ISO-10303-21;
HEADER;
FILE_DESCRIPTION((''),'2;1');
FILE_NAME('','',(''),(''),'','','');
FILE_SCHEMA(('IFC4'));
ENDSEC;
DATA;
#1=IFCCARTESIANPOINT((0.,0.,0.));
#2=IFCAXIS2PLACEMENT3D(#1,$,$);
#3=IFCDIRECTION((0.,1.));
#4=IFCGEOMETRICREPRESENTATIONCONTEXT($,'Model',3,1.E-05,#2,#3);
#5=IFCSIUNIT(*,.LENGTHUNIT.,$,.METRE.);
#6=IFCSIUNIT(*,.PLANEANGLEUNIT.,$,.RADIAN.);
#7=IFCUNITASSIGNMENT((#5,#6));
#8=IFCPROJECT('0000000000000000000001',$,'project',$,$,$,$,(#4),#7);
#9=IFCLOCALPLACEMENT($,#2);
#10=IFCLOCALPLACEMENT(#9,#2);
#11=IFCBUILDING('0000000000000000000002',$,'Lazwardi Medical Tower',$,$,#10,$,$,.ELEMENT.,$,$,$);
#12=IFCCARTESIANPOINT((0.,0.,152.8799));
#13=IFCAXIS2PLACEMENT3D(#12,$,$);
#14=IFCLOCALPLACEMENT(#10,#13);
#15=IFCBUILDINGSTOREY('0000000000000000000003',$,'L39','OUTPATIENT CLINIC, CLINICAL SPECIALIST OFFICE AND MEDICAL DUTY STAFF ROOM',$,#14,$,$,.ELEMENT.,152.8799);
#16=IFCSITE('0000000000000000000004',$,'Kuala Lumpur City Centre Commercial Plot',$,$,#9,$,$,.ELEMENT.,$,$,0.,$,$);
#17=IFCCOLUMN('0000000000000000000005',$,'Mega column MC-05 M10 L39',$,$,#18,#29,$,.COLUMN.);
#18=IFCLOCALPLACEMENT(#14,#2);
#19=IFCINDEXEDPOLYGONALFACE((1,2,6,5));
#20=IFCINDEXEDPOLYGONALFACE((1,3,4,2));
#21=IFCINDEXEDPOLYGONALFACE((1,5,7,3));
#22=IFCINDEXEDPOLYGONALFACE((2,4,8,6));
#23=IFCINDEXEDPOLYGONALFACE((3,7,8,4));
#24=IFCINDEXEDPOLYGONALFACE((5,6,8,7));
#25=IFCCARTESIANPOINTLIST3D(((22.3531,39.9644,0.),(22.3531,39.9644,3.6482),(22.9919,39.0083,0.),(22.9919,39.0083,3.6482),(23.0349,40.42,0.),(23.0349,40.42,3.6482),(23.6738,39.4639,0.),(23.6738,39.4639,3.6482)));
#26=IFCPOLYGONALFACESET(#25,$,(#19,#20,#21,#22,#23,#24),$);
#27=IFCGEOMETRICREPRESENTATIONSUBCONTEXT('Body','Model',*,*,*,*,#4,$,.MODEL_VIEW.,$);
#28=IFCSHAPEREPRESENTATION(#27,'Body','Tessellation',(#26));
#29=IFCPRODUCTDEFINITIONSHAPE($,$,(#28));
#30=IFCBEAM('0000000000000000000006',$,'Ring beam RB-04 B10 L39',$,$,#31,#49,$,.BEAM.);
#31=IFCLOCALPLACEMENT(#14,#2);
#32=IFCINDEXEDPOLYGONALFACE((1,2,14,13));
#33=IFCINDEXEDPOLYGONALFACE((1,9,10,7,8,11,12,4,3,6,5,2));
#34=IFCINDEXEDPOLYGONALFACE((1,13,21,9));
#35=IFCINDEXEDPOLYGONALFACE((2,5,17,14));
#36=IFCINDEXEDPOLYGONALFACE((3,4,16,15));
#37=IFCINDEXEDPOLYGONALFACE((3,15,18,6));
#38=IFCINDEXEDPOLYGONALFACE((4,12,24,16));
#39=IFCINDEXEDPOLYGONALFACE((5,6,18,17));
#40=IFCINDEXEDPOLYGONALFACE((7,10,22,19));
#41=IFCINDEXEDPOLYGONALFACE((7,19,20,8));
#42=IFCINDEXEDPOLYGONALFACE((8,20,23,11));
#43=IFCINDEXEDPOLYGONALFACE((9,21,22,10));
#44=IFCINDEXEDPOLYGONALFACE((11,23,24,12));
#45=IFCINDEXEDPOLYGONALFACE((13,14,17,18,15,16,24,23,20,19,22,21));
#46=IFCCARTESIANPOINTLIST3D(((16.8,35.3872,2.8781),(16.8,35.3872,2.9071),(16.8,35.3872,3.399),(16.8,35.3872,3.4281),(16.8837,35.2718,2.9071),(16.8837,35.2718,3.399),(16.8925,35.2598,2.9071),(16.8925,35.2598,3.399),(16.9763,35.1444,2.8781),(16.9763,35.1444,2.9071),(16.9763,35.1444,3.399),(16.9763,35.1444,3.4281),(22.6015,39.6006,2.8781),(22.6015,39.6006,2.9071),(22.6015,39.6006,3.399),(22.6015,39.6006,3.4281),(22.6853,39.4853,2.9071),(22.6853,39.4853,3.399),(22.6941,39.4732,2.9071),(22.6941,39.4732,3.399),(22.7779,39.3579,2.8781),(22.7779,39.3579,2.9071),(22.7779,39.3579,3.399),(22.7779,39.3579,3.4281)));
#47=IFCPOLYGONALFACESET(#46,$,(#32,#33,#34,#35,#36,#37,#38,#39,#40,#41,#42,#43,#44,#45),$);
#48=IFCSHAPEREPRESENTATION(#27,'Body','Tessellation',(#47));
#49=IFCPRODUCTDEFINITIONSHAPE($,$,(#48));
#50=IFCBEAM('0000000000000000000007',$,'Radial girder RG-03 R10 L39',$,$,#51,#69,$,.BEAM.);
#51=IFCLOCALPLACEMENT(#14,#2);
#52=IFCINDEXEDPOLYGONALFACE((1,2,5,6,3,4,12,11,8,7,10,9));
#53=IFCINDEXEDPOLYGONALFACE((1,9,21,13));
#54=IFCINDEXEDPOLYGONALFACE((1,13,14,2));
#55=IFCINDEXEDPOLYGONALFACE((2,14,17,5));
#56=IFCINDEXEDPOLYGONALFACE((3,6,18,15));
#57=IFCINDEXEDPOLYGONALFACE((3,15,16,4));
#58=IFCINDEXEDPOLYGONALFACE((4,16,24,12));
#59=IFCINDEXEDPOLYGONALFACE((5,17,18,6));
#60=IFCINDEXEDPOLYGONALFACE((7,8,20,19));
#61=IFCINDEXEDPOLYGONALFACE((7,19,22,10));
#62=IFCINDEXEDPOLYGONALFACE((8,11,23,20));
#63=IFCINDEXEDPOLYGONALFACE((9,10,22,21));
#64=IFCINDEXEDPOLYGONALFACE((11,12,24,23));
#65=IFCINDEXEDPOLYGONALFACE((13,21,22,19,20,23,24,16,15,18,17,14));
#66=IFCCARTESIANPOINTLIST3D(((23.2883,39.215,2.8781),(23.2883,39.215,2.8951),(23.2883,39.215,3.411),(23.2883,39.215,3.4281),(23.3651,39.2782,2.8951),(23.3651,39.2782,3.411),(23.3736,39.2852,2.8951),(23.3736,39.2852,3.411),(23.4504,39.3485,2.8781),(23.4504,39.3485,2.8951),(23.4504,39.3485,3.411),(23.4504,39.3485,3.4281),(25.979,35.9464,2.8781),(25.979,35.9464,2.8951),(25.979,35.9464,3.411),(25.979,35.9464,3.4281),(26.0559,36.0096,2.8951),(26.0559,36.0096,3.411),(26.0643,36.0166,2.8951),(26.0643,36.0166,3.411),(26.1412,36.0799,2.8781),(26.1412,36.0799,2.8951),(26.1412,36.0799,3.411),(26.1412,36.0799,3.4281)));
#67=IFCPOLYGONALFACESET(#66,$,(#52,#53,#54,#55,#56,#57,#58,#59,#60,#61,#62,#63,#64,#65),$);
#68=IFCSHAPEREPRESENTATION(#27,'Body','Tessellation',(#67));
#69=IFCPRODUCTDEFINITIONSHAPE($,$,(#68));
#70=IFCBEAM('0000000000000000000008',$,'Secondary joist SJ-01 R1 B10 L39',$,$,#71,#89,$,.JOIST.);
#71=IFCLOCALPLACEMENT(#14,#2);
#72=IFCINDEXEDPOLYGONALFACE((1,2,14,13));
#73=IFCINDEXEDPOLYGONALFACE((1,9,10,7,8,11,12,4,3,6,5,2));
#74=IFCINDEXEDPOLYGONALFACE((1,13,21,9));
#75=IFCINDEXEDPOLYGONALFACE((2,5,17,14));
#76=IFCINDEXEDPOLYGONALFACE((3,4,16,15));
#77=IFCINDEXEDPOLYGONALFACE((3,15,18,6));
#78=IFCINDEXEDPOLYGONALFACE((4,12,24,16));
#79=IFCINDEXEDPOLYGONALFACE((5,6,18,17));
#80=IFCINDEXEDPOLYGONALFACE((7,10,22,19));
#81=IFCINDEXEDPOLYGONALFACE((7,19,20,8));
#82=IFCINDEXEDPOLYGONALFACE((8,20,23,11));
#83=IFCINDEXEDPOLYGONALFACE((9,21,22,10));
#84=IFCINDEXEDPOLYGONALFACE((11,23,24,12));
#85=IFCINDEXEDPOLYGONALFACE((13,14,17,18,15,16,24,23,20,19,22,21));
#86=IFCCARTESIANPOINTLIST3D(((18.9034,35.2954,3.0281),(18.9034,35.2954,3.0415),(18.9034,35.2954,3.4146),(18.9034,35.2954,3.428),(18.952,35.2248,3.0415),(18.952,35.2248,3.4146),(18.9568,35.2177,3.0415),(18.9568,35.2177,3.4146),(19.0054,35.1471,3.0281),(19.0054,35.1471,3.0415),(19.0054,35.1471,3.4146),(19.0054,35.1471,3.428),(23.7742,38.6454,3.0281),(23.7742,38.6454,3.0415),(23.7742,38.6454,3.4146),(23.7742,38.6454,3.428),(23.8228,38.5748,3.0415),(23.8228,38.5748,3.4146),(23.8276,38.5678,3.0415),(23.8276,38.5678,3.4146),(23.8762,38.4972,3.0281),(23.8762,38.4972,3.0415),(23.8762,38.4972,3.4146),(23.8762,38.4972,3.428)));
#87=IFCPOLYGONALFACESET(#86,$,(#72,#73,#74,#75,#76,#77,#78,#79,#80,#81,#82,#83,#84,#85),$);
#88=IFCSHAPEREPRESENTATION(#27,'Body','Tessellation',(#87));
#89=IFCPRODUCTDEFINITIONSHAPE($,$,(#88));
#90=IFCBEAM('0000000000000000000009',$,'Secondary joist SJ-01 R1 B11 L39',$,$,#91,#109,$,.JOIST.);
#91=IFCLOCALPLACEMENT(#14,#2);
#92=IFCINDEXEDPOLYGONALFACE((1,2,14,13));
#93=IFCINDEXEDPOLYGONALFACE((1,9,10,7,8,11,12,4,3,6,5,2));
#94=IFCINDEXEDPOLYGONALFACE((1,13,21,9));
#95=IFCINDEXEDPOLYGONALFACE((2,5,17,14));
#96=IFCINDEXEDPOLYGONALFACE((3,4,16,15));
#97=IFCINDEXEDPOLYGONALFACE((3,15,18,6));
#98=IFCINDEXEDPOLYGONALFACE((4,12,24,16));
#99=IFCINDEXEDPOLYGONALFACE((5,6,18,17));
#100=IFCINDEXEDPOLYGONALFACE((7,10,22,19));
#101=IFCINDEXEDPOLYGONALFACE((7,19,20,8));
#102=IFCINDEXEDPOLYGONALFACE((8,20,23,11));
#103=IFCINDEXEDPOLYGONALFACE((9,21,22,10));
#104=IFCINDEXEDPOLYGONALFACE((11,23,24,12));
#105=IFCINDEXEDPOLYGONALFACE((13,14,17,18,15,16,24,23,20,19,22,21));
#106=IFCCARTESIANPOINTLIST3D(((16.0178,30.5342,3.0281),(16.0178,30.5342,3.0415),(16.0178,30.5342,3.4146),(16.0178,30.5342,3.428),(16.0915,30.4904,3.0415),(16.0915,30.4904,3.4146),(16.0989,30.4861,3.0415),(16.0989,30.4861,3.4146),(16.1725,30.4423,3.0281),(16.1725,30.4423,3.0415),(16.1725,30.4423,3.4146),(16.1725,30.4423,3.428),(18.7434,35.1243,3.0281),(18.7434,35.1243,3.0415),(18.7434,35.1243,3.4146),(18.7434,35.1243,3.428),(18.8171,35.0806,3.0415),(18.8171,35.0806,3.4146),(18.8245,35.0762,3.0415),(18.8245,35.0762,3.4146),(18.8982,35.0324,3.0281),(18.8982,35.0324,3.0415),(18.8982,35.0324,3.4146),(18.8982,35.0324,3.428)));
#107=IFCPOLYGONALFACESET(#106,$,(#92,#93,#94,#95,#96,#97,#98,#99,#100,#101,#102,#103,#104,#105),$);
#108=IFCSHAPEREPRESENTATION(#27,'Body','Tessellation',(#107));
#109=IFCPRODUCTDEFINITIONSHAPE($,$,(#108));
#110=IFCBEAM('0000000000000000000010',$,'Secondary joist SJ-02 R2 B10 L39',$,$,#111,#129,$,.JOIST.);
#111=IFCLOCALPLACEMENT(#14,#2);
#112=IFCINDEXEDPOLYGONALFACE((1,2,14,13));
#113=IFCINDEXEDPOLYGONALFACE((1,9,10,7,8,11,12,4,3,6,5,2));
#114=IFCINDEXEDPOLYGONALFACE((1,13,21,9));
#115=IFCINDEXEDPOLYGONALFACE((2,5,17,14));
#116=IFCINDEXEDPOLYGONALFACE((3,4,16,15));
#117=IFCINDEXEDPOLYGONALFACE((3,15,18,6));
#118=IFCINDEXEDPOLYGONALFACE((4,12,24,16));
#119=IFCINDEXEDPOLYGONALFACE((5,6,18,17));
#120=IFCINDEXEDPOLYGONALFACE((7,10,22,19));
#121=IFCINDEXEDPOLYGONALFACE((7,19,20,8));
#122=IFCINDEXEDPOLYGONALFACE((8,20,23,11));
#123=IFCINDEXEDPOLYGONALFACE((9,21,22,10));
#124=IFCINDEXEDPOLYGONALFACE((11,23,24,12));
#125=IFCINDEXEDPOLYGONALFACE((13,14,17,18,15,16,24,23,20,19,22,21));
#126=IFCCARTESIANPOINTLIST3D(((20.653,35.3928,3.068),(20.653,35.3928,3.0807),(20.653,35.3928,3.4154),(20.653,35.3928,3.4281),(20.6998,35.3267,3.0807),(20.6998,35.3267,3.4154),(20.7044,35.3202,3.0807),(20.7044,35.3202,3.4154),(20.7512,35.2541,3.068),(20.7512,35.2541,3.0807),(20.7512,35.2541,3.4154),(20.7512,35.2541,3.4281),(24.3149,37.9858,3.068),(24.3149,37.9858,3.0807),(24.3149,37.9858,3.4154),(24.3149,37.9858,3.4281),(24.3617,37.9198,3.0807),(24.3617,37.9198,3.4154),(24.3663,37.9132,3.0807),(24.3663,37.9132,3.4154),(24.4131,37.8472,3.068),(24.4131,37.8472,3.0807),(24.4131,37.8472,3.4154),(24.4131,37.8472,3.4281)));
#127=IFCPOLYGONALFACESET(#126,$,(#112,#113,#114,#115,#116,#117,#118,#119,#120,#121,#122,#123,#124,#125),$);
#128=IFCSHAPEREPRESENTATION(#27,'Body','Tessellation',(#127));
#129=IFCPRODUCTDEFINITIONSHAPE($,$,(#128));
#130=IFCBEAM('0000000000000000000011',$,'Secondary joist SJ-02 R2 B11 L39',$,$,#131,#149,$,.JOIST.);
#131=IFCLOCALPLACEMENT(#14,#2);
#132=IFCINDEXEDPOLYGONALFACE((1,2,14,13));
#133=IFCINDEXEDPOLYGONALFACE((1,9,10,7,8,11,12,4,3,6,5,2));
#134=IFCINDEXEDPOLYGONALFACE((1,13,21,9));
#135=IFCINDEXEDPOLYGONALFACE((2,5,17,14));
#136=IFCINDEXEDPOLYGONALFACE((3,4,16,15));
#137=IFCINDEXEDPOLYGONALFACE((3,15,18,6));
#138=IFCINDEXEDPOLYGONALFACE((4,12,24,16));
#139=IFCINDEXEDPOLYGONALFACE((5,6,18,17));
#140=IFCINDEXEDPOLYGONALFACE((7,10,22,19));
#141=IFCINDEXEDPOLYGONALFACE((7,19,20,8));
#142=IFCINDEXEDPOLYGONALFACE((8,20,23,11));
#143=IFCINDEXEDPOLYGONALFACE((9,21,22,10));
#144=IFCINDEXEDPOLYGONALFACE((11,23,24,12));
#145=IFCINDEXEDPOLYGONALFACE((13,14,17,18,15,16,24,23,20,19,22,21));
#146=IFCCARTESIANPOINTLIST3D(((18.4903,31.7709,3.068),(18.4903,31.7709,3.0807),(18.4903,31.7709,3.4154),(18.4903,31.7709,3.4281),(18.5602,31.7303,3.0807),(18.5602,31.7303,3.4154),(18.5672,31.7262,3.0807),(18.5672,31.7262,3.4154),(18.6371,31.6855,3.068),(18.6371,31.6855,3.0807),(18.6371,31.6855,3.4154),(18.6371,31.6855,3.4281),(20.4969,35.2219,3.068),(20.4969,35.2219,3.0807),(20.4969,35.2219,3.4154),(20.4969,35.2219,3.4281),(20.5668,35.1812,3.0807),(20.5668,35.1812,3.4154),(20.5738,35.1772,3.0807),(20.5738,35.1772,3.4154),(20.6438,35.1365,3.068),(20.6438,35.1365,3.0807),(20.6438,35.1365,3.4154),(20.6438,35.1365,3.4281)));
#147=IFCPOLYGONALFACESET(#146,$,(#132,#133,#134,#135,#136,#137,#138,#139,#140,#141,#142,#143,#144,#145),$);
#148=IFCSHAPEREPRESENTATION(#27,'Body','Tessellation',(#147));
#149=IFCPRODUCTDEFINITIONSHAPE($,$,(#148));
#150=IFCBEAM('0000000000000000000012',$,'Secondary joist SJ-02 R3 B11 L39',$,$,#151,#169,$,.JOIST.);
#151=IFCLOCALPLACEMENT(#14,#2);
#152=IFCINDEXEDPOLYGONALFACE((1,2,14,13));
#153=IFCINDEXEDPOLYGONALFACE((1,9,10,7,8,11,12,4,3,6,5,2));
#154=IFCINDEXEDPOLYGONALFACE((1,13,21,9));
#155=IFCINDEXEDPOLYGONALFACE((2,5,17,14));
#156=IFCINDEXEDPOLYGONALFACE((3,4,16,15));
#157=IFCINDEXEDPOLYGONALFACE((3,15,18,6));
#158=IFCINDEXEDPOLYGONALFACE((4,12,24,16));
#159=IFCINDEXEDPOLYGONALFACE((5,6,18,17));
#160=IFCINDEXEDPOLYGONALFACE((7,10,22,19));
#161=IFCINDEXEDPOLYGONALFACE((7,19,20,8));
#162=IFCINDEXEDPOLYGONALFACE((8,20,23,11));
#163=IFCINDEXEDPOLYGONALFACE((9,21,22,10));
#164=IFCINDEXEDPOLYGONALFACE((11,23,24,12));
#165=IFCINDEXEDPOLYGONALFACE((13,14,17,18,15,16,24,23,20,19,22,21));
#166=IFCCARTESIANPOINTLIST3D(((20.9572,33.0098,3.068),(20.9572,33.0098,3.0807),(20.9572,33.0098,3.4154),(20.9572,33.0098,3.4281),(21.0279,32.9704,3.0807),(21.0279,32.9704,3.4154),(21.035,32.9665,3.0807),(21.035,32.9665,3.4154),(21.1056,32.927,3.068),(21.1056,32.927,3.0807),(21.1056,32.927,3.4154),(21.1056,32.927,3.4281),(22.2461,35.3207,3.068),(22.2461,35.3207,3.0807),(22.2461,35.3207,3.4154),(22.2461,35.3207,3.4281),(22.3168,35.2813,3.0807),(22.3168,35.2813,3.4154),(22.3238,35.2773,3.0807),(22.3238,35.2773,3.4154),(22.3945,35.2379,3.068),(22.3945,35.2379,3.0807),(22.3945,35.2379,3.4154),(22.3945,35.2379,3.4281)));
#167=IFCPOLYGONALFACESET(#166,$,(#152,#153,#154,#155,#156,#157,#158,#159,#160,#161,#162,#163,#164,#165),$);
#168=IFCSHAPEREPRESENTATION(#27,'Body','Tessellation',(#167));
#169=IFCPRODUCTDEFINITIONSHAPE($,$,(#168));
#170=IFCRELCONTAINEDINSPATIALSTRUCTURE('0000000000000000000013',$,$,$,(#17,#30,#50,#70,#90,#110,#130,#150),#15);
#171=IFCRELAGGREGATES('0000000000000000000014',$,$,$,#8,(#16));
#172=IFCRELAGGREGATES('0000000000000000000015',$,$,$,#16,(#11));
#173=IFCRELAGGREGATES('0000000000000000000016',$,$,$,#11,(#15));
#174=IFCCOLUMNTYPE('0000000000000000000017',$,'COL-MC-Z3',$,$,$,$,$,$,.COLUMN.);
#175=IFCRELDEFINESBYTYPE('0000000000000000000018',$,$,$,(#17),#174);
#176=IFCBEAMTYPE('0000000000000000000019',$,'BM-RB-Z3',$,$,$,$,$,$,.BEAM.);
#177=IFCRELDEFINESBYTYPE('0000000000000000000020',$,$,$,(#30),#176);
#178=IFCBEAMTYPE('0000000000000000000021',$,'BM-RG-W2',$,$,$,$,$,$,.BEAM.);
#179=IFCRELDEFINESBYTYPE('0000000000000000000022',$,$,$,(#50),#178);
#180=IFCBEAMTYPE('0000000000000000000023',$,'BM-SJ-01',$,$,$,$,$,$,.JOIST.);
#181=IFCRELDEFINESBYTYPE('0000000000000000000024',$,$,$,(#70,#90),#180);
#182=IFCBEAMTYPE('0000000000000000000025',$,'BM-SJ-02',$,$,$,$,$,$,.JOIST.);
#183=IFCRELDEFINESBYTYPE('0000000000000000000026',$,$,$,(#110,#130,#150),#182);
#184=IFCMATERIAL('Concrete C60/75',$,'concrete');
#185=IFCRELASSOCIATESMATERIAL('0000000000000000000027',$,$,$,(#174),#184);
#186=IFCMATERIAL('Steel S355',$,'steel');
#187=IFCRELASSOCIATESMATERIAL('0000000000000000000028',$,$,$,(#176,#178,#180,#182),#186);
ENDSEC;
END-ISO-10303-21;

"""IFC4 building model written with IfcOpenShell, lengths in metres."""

from ifc_helpers import new_model, si_unit, direction, frame, origin, origin_2d, place, context, subcontext, project, spatial, rectangle, i_section, extrude, material, material_profile, profile_set, type_object, element, save


model = new_model("IFC4")

# Units and contexts
model_context = context("Model", 3, precision=1e-05, world=origin(), true_north=direction((0.0, 1.0)))
body_context = subcontext(model_context, "Body", "Model", "MODEL_VIEW")
ifc_project = project(units=[si_unit("LENGTHUNIT", "METRE"), si_unit("PLANEANGLEUNIT", "RADIAN")], contexts=[model_context])

# Site, building, storey
site_placement = place(None, origin())
site = spatial("IfcSite", under=ifc_project, at=site_placement, Name="Kuala Lumpur City Centre Commercial Plot", CompositionType="ELEMENT", RefElevation=0.0)
building_placement = place(site_placement, origin())
building = spatial("IfcBuilding", under=site, at=building_placement, Name="Lazwardi Medical Tower", CompositionType="ELEMENT")
storey_placement = place(building_placement, frame((0.0, 0.0, 152.8799)))
storey = spatial("IfcBuildingStorey", under=building, at=storey_placement, Name="L39", Description="OUTPATIENT CLINIC, CLINICAL SPECIALIST OFFICE AND MEDICAL DUTY STAFF ROOM", CompositionType="ELEMENT", Elevation=152.8799)

# Column
ifc_material_1 = material(Name="Concrete C60/75", Category="concrete")
ifc_material_profile_1 = material_profile(ifc_material_1, rectangle(XDim=1.1499, YDim=0.8201, at=origin_2d()), Name="CFT-RECT 1150x820")
ifc_profile_set_1 = profile_set([ifc_material_profile_1], Name="Concrete C60/75")
column_type = type_object("IfcColumnType", Name="COL-MC-Z3", PredefinedType="COLUMN", material=ifc_profile_set_1)
column_placement = place(storey_placement, frame((23.0134, 39.7141, 0.0), z_axis=(0.0, 0.0, 1.0), x_axis=(-0.55557, 0.83147, 0.0)))
element("IfcColumn", 1, at=column_placement, inside=storey, type_object=column_type, Name="Mega column MC-05 M10 L39", PredefinedType="COLUMN", context=body_context, shape_type="SweptSolid", body=[
    extrude(rectangle(XDim=1.1499, YDim=0.8201, at=origin_2d()), origin(), (0.0, 0.0, 1.0), 3.6482),
])

# Beams
ifc_material_2 = material(Name="Steel S355", Category="steel")
ifc_material_profile_2 = material_profile(ifc_material_2, i_section(OverallWidth=0.3, OverallDepth=0.55, WebThickness=0.0149, FlangeThickness=0.0291, at=origin_2d()), Name="HEB 550")
ifc_profile_set_2 = profile_set([ifc_material_profile_2], Name="Steel S355")
beam_type_1 = type_object("IfcBeamType", Name="BM-RB-Z3", PredefinedType="BEAM", material=ifc_profile_set_2)
beam_1_placement = place(storey_placement, frame((22.6897, 39.4792, 3.1531), z_axis=(-0.809128, -0.587633, 0.0), x_axis=(0.587633, -0.809128, 0.0)))
element("IfcBeam", 2, at=beam_1_placement, inside=storey, type_object=beam_type_1, Name="Ring beam RB-04 B10 L39", PredefinedType="BEAM", context=body_context, shape_type="SweptSolid", body=[
    extrude(i_section(OverallWidth=0.3, OverallDepth=0.55, WebThickness=0.0149, FlangeThickness=0.0291, at=origin_2d()), origin(), (0.0, 0.0, 1.0), 7.1702),
])
ifc_material_profile_3 = material_profile(ifc_material_2, i_section(OverallWidth=0.21, OverallDepth=0.55, WebThickness=0.011, FlangeThickness=0.0171, at=origin_2d()), Name="IPE 550")
ifc_profile_set_3 = profile_set([ifc_material_profile_3], Name="Steel S355")
beam_type_2 = type_object("IfcBeamType", Name="BM-RG-W2", PredefinedType="BEAM", material=ifc_profile_set_3)
beam_2_placement = place(storey_placement, frame((23.3694, 39.2817, 3.1531), z_axis=(0.635556, -0.772055, 0.0), x_axis=(0.772055, 0.635556, 0.0)))
element("IfcBeam", 3, at=beam_2_placement, inside=storey, type_object=beam_type_2, Name="Radial girder RG-03 R10 L39", PredefinedType="BEAM", context=body_context, shape_type="SweptSolid", body=[
    extrude(i_section(OverallWidth=0.21, OverallDepth=0.55, WebThickness=0.011, FlangeThickness=0.0171, at=origin_2d()), origin(), (0.0, 0.0, 1.0), 4.2336),
])
ifc_material_profile_4 = material_profile(ifc_material_2, i_section(OverallWidth=0.1799, OverallDepth=0.3999, WebThickness=0.0085, FlangeThickness=0.0134, at=origin_2d()), Name="IPE 400")
ifc_profile_set_4 = profile_set([ifc_material_profile_4], Name="Steel S355")
beam_type_3 = type_object("IfcBeamType", Name="BM-SJ-01", PredefinedType="JOIST", material=ifc_profile_set_4)
beam_3_placement = place(storey_placement, frame((23.8252, 38.5713, 3.228), z_axis=(-0.823932, -0.566688, 0.0), x_axis=(0.566688, -0.823932, 0.0)))
element("IfcBeam", 4, at=beam_3_placement, inside=storey, type_object=beam_type_3, Name="Secondary joist SJ-01 R1 B10 L39", PredefinedType="JOIST", context=body_context, shape_type="SweptSolid", body=[
    extrude(i_section(OverallWidth=0.1799, OverallDepth=0.3999, WebThickness=0.0085, FlangeThickness=0.0134, at=origin_2d()), origin(), (0.0, 0.0, 1.0), 5.9116),
])
beam_4_placement = place(storey_placement, frame((18.8208, 35.0784, 3.228), z_axis=(-0.510569, -0.859837, 0.0), x_axis=(0.859837, -0.510569, 0.0)))
element("IfcBeam", 5, at=beam_4_placement, inside=storey, type_object=beam_type_3, Name="Secondary joist SJ-01 R1 B11 L39", PredefinedType="JOIST", context=body_context, shape_type="SweptSolid", body=[
    extrude(i_section(OverallWidth=0.1799, OverallDepth=0.3999, WebThickness=0.0085, FlangeThickness=0.0134, at=origin_2d()), origin(), (0.0, 0.0, 1.0), 5.3384),
])
ifc_material_profile_5 = material_profile(ifc_material_2, i_section(OverallWidth=0.1699, OverallDepth=0.3601, WebThickness=0.0081, FlangeThickness=0.0127, at=origin_2d()), Name="IPE 360")
ifc_profile_set_5 = profile_set([ifc_material_profile_5], Name="Steel S355")
beam_type_4 = type_object("IfcBeamType", Name="BM-SJ-02", PredefinedType="JOIST", material=ifc_profile_set_5)
beam_5_placement = place(storey_placement, frame((24.364, 37.9165, 3.248), z_axis=(-0.816109, -0.577898, 0.0), x_axis=(0.577898, -0.816109, 0.0)))
element("IfcBeam", 6, at=beam_5_placement, inside=storey, type_object=beam_type_4, Name="Secondary joist SJ-02 R2 B10 L39", PredefinedType="JOIST", context=body_context, shape_type="SweptSolid", body=[
    extrude(i_section(OverallWidth=0.1699, OverallDepth=0.3601, WebThickness=0.0081, FlangeThickness=0.0127, at=origin_2d()), origin(), (0.0, 0.0, 1.0), 4.4871),
])
beam_6_placement = place(storey_placement, frame((20.5703, 35.1792, 3.248), z_axis=(-0.502665, -0.864481, 0.0), x_axis=(0.864481, -0.502665, 0.0)))
element("IfcBeam", 7, at=beam_6_placement, inside=storey, type_object=beam_type_4, Name="Secondary joist SJ-02 R2 B11 L39", PredefinedType="JOIST", context=body_context, shape_type="SweptSolid", body=[
    extrude(i_section(OverallWidth=0.1699, OverallDepth=0.3601, WebThickness=0.0081, FlangeThickness=0.0127, at=origin_2d()), origin(), (0.0, 0.0, 1.0), 3.9919),
])
beam_7_placement = place(storey_placement, frame((22.3203, 35.2793, 3.248), z_axis=(-0.487099, -0.873347, 0.0), x_axis=(0.873347, -0.487099, 0.0)))
element("IfcBeam", 8, at=beam_7_placement, inside=storey, type_object=beam_type_4, Name="Secondary joist SJ-02 R3 B11 L39", PredefinedType="JOIST", context=body_context, shape_type="SweptSolid", body=[
    extrude(i_section(OverallWidth=0.1699, OverallDepth=0.3601, WebThickness=0.0081, FlangeThickness=0.0127, at=origin_2d()), origin(), (0.0, 0.0, 1.0), 2.646),
])

save(model, "model.ifc")
